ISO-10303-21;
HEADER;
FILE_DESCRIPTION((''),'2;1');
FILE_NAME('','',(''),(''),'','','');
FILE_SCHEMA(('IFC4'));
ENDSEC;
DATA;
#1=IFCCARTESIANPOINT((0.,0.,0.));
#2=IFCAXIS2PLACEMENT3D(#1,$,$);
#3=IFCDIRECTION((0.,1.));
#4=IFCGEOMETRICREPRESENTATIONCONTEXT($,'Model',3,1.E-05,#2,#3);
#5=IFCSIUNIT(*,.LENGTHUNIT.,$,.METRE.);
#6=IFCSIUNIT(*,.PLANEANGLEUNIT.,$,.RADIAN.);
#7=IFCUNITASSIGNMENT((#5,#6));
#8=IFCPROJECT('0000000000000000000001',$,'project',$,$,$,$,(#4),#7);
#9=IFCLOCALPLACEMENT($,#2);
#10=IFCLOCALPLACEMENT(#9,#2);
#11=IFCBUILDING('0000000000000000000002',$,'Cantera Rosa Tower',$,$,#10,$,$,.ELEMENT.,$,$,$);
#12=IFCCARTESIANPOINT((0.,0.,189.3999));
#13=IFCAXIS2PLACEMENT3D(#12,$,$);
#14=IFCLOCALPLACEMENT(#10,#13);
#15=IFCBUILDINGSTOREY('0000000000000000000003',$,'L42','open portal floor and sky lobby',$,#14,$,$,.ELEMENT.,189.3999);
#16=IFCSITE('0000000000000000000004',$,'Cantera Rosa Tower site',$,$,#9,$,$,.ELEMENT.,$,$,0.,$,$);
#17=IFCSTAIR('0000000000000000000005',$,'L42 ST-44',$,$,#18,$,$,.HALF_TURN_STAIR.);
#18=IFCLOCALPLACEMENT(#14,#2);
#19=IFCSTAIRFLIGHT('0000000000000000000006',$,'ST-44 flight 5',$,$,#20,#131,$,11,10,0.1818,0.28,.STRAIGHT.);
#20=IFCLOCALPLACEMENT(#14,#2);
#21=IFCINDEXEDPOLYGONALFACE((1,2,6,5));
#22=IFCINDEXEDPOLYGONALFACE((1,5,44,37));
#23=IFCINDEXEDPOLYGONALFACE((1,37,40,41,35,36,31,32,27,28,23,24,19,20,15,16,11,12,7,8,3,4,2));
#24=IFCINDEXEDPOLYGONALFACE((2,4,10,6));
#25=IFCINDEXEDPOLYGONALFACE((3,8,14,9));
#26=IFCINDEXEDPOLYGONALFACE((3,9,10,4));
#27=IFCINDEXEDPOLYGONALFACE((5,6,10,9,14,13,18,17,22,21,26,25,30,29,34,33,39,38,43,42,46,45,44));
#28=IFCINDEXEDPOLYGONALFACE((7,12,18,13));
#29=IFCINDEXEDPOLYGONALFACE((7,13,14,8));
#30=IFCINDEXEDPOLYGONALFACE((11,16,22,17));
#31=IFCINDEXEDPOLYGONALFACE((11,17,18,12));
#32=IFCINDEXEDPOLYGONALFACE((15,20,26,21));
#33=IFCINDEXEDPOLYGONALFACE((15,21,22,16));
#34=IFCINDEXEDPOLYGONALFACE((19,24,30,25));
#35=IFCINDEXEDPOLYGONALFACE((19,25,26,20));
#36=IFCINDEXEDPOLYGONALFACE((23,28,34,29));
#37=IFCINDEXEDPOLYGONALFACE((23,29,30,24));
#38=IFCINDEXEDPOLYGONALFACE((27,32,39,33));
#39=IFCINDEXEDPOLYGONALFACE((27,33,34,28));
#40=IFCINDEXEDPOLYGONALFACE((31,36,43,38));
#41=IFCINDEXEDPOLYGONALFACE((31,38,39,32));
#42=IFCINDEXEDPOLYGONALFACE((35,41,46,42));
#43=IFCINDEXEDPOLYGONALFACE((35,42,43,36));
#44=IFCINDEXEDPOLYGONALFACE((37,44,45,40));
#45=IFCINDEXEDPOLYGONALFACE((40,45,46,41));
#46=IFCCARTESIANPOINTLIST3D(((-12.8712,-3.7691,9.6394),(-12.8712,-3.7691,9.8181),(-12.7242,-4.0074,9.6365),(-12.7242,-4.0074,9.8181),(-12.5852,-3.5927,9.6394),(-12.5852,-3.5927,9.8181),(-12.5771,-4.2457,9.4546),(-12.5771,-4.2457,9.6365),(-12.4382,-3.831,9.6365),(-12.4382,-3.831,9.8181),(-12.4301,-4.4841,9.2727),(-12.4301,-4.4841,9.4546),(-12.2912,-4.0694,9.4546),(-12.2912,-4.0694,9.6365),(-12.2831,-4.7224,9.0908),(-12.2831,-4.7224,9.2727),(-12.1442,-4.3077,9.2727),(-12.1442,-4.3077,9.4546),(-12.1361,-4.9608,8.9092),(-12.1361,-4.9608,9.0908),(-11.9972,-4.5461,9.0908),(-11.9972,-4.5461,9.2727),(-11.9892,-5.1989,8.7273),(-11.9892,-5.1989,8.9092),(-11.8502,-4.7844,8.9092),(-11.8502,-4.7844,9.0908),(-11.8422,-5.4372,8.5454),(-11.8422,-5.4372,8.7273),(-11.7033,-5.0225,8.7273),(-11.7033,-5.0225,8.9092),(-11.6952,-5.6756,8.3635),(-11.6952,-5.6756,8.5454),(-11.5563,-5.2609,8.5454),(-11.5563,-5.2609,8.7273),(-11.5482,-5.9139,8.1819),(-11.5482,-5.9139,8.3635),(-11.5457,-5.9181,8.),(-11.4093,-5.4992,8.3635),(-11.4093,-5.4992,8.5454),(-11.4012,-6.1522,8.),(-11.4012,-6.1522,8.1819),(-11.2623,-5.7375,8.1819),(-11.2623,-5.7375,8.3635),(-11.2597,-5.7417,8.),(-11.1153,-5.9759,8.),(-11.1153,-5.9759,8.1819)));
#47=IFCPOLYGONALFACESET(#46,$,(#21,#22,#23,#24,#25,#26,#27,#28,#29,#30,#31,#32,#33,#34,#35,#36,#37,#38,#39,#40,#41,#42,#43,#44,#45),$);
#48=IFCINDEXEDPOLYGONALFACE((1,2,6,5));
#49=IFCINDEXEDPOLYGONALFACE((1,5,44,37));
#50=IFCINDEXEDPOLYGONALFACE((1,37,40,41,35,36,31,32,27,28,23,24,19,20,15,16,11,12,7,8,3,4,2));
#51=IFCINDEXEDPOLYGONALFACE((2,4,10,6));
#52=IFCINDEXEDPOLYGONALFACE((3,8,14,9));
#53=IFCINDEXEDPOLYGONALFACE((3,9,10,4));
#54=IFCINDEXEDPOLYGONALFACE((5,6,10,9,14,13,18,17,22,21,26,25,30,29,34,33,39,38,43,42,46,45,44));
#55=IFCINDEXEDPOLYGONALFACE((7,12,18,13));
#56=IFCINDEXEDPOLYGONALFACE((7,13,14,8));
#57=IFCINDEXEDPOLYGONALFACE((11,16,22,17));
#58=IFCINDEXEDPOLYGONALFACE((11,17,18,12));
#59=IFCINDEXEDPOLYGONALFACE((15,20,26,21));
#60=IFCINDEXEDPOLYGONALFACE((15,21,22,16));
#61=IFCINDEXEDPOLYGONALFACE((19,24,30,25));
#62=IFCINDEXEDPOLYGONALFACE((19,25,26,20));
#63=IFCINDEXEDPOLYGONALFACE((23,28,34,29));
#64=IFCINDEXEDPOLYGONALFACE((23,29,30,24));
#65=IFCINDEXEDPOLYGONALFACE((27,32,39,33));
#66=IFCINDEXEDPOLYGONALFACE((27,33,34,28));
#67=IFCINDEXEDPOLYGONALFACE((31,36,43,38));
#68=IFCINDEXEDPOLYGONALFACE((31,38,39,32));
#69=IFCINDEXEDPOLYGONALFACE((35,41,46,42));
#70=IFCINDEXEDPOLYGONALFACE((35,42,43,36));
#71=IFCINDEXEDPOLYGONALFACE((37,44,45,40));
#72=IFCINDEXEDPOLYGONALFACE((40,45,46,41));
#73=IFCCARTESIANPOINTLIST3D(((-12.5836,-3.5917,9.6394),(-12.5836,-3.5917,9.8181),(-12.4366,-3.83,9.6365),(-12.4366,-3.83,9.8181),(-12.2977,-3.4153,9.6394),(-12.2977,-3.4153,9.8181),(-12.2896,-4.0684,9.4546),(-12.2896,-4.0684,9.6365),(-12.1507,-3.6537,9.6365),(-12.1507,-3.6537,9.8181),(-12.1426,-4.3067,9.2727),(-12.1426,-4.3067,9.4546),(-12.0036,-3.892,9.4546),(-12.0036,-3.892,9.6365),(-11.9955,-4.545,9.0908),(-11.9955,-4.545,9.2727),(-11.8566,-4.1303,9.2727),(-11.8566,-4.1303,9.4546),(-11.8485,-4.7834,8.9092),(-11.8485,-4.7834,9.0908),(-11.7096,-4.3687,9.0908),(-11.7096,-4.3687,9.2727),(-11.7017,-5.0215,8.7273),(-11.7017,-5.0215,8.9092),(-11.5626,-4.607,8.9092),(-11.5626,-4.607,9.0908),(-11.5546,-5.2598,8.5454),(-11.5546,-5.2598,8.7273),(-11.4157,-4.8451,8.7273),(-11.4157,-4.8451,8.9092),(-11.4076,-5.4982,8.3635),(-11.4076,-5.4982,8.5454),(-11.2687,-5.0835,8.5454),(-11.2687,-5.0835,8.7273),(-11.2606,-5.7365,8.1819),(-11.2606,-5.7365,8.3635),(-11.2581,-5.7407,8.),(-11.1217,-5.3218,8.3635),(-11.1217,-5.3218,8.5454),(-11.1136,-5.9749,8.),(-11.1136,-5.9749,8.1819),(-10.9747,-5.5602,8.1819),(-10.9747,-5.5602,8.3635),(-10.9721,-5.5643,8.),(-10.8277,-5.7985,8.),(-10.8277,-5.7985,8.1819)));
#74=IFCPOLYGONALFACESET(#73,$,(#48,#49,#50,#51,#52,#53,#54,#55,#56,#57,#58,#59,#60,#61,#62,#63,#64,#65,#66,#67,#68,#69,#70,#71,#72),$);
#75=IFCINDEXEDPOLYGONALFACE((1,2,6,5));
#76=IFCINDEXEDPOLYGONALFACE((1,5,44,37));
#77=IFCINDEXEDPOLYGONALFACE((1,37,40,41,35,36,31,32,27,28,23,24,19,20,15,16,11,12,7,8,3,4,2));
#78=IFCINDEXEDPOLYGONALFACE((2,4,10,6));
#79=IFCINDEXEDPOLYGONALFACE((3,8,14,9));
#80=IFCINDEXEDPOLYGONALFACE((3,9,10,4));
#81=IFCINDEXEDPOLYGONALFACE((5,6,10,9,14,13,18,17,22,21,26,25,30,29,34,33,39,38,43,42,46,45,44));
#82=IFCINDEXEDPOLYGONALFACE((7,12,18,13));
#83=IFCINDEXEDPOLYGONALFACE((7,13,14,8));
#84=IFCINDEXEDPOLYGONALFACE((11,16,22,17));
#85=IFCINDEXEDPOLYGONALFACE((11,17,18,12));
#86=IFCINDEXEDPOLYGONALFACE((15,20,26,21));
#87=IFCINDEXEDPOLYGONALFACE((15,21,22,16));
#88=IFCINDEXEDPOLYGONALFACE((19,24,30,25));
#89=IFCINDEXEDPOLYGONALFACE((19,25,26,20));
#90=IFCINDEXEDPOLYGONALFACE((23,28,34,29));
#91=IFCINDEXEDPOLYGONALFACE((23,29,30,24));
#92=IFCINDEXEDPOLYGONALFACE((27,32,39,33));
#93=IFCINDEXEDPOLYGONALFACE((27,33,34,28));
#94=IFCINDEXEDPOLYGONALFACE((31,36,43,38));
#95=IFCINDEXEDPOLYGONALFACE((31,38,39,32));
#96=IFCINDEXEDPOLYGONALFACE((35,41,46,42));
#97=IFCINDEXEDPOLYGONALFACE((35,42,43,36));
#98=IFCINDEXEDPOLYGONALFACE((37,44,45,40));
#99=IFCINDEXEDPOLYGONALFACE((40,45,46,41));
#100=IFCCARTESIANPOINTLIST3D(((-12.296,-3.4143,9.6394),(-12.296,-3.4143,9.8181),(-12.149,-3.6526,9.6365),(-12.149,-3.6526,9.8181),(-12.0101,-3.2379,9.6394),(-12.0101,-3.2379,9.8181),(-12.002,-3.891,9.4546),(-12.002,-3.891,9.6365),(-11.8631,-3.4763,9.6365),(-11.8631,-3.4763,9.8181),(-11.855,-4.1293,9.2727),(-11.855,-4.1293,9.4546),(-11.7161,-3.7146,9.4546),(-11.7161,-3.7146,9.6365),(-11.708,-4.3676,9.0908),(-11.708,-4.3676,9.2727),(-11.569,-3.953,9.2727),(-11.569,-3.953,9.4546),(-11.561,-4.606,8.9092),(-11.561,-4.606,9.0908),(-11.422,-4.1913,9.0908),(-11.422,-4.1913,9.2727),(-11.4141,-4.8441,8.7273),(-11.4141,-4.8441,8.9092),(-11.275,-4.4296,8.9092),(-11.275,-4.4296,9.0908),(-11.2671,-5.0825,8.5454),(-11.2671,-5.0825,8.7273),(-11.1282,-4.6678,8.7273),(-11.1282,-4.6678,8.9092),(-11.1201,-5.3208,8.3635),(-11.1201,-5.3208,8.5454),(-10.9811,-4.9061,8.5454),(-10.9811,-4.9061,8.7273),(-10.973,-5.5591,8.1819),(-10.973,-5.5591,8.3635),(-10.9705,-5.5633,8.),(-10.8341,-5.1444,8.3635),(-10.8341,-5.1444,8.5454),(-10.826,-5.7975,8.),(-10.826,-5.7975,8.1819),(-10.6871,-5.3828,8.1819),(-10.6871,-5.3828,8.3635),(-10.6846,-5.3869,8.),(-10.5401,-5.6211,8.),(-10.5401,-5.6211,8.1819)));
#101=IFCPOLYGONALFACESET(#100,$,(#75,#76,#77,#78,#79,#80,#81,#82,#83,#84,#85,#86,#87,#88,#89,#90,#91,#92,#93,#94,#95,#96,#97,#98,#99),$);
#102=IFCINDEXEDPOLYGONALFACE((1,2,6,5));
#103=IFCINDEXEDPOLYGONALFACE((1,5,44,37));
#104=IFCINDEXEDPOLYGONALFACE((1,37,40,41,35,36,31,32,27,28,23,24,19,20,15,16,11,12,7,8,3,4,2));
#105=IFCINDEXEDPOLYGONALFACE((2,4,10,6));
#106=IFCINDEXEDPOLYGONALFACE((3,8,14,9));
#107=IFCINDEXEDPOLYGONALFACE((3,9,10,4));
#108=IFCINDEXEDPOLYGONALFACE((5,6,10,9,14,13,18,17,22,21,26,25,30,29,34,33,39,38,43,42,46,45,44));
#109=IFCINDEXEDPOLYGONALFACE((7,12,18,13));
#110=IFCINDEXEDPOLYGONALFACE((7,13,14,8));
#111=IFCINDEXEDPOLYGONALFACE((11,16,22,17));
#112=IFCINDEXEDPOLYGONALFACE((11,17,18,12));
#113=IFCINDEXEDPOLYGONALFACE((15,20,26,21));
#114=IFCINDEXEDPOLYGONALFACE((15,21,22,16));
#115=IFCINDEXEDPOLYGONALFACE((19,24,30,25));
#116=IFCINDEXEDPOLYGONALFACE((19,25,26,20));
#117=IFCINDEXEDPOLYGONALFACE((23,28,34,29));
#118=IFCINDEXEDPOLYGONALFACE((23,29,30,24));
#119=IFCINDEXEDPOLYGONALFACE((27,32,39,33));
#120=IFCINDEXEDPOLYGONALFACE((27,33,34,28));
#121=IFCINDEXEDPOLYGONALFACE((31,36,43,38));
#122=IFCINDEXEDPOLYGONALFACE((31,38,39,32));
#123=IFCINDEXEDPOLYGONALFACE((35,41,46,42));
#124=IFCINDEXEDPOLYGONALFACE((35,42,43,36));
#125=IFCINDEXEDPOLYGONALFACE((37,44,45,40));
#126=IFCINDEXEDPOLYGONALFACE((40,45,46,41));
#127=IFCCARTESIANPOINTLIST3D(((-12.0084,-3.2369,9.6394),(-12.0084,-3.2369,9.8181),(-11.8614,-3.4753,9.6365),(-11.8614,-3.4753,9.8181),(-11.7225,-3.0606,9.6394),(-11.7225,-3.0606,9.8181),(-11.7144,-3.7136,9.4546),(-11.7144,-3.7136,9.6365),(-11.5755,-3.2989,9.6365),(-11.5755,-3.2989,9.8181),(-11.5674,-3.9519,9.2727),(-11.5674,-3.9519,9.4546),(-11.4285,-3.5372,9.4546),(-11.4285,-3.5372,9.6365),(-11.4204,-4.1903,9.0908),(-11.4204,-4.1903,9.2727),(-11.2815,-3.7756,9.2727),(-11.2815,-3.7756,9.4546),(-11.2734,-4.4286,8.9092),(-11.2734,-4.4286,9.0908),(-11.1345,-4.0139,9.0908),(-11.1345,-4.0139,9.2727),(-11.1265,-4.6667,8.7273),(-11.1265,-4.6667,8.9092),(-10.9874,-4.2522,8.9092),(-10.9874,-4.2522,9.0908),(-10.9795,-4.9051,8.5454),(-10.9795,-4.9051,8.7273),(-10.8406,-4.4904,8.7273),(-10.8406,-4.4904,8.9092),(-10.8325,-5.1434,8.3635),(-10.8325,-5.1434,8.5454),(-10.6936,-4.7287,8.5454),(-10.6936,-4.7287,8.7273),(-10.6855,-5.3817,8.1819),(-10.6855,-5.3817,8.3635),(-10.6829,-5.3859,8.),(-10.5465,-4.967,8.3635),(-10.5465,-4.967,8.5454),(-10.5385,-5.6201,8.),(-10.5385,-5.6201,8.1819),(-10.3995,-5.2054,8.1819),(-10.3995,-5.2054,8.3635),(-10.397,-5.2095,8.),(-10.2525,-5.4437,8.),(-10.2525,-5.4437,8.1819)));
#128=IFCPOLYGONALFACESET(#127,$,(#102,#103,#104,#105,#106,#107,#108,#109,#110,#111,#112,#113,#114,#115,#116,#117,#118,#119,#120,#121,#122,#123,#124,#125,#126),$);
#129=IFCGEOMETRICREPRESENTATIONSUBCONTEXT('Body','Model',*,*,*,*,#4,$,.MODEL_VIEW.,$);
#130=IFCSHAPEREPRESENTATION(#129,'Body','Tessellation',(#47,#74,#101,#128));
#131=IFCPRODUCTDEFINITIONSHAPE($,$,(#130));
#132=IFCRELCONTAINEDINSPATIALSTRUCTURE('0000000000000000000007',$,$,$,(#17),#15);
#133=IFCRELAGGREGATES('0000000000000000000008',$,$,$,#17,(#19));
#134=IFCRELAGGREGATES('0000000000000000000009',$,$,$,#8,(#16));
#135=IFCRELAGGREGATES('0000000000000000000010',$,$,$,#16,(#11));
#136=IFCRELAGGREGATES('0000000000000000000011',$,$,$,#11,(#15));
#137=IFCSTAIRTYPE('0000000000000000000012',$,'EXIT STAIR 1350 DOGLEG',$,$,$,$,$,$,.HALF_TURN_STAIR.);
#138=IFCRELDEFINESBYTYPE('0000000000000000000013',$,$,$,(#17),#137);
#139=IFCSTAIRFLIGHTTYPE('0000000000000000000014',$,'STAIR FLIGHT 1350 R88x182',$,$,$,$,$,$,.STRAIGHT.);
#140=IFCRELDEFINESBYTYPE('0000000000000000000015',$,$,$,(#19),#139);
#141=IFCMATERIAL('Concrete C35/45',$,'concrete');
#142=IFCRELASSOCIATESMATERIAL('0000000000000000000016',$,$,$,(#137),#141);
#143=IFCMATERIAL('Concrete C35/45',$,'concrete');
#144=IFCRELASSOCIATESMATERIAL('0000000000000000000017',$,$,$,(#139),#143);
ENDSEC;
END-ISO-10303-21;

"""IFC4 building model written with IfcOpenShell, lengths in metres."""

from ifc_helpers import new_model, si_unit, direction, frame, origin, place, context, subcontext, project, spatial, polyline, outline, extrude, material, type_object, element, aggregate, save


model = new_model("IFC4")

# Units and contexts
model_context = context("Model", 3, precision=1e-05, world=origin(), true_north=direction((0.0, 1.0)))
body_context = subcontext(model_context, "Body", "Model", "MODEL_VIEW")
ifc_project = project(units=[si_unit("LENGTHUNIT", "METRE"), si_unit("PLANEANGLEUNIT", "RADIAN")], contexts=[model_context])

# Site, building, storey
site_placement = place(None, origin())
site = spatial("IfcSite", under=ifc_project, at=site_placement, Name="Cantera Rosa Tower site", CompositionType="ELEMENT", RefElevation=0.0)
building_placement = place(site_placement, origin())
building = spatial("IfcBuilding", under=site, at=building_placement, Name="Cantera Rosa Tower", CompositionType="ELEMENT")
storey_placement = place(building_placement, frame((0.0, 0.0, 189.3999)))
storey = spatial("IfcBuildingStorey", under=building, at=storey_placement, Name="L42", Description="open portal floor and sky lobby", CompositionType="ELEMENT", Elevation=189.3999)

# Stair, stair flight
ifc_material_1 = material(Name="Concrete C35/45", Category="concrete")
stair_type = type_object("IfcStairType", Name="EXIT STAIR 1350 DOGLEG", PredefinedType="HALF_TURN_STAIR", material=ifc_material_1)
stair_placement = place(storey_placement, origin())
stair = element("IfcStair", 1, at=stair_placement, inside=storey, type_object=stair_type, Name="L42 ST-44", PredefinedType="HALF_TURN_STAIR")
ifc_material_2 = material(Name="Concrete C35/45", Category="concrete")
stair_flight_type = type_object("IfcStairFlightType", Name="STAIR FLIGHT 1350 R88x182", PredefinedType="STRAIGHT", material=ifc_material_2)
stair_flight_1_placement = place(storey_placement, frame((-10.8267, -5.7979, 8.0), z_axis=(0.0, 0.0, 1.0), x_axis=(-0.524977, 0.851117, 0.0)))
stair_flight_1 = element("IfcStairFlight", 2, at=stair_flight_1_placement, type_object=stair_flight_type, Name="ST-44 flight 5", NumberOfRisers=11, NumberOfTreads=10, PredefinedType="STRAIGHT", RiserHeight=0.1818, TreadLength=0.28, context=body_context, shape_type="SweptSolid", body=[
    extrude(outline(polyline([(0.0, 0.0), (0.0, 0.1819), (0.28, 0.1819), (0.28, 0.3635), (0.5601, 0.3635), (0.5601, 0.5454), (0.8401, 0.5454), (0.8401, 0.7273), (1.1201, 0.7273), (1.1201, 0.9092), (1.3999, 0.9092), (1.3999, 1.0908), (1.6799, 1.0908), (1.6799, 1.2727), (1.96, 1.2727), (1.96, 1.4546), (2.24, 1.4546), (2.24, 1.6365), (2.52, 1.6365), (2.52, 1.8181), (2.8, 1.8181), (2.8, 2.0), (2.8, 1.6394), (0.2751, 0.0), (0.0, 0.0)])), frame((0.0, 0.675, 0.0), z_axis=(0.0, -1.0, 0.0), x_axis=(1.0, 0.0, 0.0)), (0.0, 0.0, 1.0), 0.3359),
    extrude(outline(polyline([(0.0, 0.0), (0.0, 0.1819), (0.28, 0.1819), (0.28, 0.3635), (0.5601, 0.3635), (0.5601, 0.5454), (0.8401, 0.5454), (0.8401, 0.7273), (1.1201, 0.7273), (1.1201, 0.9092), (1.3999, 0.9092), (1.3999, 1.0908), (1.6799, 1.0908), (1.6799, 1.2727), (1.96, 1.2727), (1.96, 1.4546), (2.24, 1.4546), (2.24, 1.6365), (2.52, 1.6365), (2.52, 1.8181), (2.8, 1.8181), (2.8, 2.0), (2.8, 1.6394), (0.2751, 0.0), (0.0, 0.0)])), frame((0.0, 0.3372, 0.0), z_axis=(0.0, -1.0, 0.0), x_axis=(1.0, 0.0, 0.0)), (0.0, 0.0, 1.0), 0.3359),
    extrude(outline(polyline([(0.0, 0.0), (0.0, 0.1819), (0.28, 0.1819), (0.28, 0.3635), (0.5601, 0.3635), (0.5601, 0.5454), (0.8401, 0.5454), (0.8401, 0.7273), (1.1201, 0.7273), (1.1201, 0.9092), (1.3999, 0.9092), (1.3999, 1.0908), (1.6799, 1.0908), (1.6799, 1.2727), (1.96, 1.2727), (1.96, 1.4546), (2.24, 1.4546), (2.24, 1.6365), (2.52, 1.6365), (2.52, 1.8181), (2.8, 1.8181), (2.8, 2.0), (2.8, 1.6394), (0.2751, 0.0), (0.0, 0.0)])), frame((0.0, -0.0007, 0.0), z_axis=(0.0, -1.0, 0.0), x_axis=(1.0, 0.0, 0.0)), (0.0, 0.0, 1.0), 0.3359),
    extrude(outline(polyline([(0.0, 0.0), (0.0, 0.1819), (0.28, 0.1819), (0.28, 0.3635), (0.5601, 0.3635), (0.5601, 0.5454), (0.8401, 0.5454), (0.8401, 0.7273), (1.1201, 0.7273), (1.1201, 0.9092), (1.3999, 0.9092), (1.3999, 1.0908), (1.6799, 1.0908), (1.6799, 1.2727), (1.96, 1.2727), (1.96, 1.4546), (2.24, 1.4546), (2.24, 1.6365), (2.52, 1.6365), (2.52, 1.8181), (2.8, 1.8181), (2.8, 2.0), (2.8, 1.6394), (0.2751, 0.0), (0.0, 0.0)])), frame((0.0, -0.3386, 0.0), z_axis=(0.0, -1.0, 0.0), x_axis=(1.0, 0.0, 0.0)), (0.0, 0.0, 1.0), 0.3359),
])
aggregate(stair, [stair_flight_1])

save(model, "model.ifc")
